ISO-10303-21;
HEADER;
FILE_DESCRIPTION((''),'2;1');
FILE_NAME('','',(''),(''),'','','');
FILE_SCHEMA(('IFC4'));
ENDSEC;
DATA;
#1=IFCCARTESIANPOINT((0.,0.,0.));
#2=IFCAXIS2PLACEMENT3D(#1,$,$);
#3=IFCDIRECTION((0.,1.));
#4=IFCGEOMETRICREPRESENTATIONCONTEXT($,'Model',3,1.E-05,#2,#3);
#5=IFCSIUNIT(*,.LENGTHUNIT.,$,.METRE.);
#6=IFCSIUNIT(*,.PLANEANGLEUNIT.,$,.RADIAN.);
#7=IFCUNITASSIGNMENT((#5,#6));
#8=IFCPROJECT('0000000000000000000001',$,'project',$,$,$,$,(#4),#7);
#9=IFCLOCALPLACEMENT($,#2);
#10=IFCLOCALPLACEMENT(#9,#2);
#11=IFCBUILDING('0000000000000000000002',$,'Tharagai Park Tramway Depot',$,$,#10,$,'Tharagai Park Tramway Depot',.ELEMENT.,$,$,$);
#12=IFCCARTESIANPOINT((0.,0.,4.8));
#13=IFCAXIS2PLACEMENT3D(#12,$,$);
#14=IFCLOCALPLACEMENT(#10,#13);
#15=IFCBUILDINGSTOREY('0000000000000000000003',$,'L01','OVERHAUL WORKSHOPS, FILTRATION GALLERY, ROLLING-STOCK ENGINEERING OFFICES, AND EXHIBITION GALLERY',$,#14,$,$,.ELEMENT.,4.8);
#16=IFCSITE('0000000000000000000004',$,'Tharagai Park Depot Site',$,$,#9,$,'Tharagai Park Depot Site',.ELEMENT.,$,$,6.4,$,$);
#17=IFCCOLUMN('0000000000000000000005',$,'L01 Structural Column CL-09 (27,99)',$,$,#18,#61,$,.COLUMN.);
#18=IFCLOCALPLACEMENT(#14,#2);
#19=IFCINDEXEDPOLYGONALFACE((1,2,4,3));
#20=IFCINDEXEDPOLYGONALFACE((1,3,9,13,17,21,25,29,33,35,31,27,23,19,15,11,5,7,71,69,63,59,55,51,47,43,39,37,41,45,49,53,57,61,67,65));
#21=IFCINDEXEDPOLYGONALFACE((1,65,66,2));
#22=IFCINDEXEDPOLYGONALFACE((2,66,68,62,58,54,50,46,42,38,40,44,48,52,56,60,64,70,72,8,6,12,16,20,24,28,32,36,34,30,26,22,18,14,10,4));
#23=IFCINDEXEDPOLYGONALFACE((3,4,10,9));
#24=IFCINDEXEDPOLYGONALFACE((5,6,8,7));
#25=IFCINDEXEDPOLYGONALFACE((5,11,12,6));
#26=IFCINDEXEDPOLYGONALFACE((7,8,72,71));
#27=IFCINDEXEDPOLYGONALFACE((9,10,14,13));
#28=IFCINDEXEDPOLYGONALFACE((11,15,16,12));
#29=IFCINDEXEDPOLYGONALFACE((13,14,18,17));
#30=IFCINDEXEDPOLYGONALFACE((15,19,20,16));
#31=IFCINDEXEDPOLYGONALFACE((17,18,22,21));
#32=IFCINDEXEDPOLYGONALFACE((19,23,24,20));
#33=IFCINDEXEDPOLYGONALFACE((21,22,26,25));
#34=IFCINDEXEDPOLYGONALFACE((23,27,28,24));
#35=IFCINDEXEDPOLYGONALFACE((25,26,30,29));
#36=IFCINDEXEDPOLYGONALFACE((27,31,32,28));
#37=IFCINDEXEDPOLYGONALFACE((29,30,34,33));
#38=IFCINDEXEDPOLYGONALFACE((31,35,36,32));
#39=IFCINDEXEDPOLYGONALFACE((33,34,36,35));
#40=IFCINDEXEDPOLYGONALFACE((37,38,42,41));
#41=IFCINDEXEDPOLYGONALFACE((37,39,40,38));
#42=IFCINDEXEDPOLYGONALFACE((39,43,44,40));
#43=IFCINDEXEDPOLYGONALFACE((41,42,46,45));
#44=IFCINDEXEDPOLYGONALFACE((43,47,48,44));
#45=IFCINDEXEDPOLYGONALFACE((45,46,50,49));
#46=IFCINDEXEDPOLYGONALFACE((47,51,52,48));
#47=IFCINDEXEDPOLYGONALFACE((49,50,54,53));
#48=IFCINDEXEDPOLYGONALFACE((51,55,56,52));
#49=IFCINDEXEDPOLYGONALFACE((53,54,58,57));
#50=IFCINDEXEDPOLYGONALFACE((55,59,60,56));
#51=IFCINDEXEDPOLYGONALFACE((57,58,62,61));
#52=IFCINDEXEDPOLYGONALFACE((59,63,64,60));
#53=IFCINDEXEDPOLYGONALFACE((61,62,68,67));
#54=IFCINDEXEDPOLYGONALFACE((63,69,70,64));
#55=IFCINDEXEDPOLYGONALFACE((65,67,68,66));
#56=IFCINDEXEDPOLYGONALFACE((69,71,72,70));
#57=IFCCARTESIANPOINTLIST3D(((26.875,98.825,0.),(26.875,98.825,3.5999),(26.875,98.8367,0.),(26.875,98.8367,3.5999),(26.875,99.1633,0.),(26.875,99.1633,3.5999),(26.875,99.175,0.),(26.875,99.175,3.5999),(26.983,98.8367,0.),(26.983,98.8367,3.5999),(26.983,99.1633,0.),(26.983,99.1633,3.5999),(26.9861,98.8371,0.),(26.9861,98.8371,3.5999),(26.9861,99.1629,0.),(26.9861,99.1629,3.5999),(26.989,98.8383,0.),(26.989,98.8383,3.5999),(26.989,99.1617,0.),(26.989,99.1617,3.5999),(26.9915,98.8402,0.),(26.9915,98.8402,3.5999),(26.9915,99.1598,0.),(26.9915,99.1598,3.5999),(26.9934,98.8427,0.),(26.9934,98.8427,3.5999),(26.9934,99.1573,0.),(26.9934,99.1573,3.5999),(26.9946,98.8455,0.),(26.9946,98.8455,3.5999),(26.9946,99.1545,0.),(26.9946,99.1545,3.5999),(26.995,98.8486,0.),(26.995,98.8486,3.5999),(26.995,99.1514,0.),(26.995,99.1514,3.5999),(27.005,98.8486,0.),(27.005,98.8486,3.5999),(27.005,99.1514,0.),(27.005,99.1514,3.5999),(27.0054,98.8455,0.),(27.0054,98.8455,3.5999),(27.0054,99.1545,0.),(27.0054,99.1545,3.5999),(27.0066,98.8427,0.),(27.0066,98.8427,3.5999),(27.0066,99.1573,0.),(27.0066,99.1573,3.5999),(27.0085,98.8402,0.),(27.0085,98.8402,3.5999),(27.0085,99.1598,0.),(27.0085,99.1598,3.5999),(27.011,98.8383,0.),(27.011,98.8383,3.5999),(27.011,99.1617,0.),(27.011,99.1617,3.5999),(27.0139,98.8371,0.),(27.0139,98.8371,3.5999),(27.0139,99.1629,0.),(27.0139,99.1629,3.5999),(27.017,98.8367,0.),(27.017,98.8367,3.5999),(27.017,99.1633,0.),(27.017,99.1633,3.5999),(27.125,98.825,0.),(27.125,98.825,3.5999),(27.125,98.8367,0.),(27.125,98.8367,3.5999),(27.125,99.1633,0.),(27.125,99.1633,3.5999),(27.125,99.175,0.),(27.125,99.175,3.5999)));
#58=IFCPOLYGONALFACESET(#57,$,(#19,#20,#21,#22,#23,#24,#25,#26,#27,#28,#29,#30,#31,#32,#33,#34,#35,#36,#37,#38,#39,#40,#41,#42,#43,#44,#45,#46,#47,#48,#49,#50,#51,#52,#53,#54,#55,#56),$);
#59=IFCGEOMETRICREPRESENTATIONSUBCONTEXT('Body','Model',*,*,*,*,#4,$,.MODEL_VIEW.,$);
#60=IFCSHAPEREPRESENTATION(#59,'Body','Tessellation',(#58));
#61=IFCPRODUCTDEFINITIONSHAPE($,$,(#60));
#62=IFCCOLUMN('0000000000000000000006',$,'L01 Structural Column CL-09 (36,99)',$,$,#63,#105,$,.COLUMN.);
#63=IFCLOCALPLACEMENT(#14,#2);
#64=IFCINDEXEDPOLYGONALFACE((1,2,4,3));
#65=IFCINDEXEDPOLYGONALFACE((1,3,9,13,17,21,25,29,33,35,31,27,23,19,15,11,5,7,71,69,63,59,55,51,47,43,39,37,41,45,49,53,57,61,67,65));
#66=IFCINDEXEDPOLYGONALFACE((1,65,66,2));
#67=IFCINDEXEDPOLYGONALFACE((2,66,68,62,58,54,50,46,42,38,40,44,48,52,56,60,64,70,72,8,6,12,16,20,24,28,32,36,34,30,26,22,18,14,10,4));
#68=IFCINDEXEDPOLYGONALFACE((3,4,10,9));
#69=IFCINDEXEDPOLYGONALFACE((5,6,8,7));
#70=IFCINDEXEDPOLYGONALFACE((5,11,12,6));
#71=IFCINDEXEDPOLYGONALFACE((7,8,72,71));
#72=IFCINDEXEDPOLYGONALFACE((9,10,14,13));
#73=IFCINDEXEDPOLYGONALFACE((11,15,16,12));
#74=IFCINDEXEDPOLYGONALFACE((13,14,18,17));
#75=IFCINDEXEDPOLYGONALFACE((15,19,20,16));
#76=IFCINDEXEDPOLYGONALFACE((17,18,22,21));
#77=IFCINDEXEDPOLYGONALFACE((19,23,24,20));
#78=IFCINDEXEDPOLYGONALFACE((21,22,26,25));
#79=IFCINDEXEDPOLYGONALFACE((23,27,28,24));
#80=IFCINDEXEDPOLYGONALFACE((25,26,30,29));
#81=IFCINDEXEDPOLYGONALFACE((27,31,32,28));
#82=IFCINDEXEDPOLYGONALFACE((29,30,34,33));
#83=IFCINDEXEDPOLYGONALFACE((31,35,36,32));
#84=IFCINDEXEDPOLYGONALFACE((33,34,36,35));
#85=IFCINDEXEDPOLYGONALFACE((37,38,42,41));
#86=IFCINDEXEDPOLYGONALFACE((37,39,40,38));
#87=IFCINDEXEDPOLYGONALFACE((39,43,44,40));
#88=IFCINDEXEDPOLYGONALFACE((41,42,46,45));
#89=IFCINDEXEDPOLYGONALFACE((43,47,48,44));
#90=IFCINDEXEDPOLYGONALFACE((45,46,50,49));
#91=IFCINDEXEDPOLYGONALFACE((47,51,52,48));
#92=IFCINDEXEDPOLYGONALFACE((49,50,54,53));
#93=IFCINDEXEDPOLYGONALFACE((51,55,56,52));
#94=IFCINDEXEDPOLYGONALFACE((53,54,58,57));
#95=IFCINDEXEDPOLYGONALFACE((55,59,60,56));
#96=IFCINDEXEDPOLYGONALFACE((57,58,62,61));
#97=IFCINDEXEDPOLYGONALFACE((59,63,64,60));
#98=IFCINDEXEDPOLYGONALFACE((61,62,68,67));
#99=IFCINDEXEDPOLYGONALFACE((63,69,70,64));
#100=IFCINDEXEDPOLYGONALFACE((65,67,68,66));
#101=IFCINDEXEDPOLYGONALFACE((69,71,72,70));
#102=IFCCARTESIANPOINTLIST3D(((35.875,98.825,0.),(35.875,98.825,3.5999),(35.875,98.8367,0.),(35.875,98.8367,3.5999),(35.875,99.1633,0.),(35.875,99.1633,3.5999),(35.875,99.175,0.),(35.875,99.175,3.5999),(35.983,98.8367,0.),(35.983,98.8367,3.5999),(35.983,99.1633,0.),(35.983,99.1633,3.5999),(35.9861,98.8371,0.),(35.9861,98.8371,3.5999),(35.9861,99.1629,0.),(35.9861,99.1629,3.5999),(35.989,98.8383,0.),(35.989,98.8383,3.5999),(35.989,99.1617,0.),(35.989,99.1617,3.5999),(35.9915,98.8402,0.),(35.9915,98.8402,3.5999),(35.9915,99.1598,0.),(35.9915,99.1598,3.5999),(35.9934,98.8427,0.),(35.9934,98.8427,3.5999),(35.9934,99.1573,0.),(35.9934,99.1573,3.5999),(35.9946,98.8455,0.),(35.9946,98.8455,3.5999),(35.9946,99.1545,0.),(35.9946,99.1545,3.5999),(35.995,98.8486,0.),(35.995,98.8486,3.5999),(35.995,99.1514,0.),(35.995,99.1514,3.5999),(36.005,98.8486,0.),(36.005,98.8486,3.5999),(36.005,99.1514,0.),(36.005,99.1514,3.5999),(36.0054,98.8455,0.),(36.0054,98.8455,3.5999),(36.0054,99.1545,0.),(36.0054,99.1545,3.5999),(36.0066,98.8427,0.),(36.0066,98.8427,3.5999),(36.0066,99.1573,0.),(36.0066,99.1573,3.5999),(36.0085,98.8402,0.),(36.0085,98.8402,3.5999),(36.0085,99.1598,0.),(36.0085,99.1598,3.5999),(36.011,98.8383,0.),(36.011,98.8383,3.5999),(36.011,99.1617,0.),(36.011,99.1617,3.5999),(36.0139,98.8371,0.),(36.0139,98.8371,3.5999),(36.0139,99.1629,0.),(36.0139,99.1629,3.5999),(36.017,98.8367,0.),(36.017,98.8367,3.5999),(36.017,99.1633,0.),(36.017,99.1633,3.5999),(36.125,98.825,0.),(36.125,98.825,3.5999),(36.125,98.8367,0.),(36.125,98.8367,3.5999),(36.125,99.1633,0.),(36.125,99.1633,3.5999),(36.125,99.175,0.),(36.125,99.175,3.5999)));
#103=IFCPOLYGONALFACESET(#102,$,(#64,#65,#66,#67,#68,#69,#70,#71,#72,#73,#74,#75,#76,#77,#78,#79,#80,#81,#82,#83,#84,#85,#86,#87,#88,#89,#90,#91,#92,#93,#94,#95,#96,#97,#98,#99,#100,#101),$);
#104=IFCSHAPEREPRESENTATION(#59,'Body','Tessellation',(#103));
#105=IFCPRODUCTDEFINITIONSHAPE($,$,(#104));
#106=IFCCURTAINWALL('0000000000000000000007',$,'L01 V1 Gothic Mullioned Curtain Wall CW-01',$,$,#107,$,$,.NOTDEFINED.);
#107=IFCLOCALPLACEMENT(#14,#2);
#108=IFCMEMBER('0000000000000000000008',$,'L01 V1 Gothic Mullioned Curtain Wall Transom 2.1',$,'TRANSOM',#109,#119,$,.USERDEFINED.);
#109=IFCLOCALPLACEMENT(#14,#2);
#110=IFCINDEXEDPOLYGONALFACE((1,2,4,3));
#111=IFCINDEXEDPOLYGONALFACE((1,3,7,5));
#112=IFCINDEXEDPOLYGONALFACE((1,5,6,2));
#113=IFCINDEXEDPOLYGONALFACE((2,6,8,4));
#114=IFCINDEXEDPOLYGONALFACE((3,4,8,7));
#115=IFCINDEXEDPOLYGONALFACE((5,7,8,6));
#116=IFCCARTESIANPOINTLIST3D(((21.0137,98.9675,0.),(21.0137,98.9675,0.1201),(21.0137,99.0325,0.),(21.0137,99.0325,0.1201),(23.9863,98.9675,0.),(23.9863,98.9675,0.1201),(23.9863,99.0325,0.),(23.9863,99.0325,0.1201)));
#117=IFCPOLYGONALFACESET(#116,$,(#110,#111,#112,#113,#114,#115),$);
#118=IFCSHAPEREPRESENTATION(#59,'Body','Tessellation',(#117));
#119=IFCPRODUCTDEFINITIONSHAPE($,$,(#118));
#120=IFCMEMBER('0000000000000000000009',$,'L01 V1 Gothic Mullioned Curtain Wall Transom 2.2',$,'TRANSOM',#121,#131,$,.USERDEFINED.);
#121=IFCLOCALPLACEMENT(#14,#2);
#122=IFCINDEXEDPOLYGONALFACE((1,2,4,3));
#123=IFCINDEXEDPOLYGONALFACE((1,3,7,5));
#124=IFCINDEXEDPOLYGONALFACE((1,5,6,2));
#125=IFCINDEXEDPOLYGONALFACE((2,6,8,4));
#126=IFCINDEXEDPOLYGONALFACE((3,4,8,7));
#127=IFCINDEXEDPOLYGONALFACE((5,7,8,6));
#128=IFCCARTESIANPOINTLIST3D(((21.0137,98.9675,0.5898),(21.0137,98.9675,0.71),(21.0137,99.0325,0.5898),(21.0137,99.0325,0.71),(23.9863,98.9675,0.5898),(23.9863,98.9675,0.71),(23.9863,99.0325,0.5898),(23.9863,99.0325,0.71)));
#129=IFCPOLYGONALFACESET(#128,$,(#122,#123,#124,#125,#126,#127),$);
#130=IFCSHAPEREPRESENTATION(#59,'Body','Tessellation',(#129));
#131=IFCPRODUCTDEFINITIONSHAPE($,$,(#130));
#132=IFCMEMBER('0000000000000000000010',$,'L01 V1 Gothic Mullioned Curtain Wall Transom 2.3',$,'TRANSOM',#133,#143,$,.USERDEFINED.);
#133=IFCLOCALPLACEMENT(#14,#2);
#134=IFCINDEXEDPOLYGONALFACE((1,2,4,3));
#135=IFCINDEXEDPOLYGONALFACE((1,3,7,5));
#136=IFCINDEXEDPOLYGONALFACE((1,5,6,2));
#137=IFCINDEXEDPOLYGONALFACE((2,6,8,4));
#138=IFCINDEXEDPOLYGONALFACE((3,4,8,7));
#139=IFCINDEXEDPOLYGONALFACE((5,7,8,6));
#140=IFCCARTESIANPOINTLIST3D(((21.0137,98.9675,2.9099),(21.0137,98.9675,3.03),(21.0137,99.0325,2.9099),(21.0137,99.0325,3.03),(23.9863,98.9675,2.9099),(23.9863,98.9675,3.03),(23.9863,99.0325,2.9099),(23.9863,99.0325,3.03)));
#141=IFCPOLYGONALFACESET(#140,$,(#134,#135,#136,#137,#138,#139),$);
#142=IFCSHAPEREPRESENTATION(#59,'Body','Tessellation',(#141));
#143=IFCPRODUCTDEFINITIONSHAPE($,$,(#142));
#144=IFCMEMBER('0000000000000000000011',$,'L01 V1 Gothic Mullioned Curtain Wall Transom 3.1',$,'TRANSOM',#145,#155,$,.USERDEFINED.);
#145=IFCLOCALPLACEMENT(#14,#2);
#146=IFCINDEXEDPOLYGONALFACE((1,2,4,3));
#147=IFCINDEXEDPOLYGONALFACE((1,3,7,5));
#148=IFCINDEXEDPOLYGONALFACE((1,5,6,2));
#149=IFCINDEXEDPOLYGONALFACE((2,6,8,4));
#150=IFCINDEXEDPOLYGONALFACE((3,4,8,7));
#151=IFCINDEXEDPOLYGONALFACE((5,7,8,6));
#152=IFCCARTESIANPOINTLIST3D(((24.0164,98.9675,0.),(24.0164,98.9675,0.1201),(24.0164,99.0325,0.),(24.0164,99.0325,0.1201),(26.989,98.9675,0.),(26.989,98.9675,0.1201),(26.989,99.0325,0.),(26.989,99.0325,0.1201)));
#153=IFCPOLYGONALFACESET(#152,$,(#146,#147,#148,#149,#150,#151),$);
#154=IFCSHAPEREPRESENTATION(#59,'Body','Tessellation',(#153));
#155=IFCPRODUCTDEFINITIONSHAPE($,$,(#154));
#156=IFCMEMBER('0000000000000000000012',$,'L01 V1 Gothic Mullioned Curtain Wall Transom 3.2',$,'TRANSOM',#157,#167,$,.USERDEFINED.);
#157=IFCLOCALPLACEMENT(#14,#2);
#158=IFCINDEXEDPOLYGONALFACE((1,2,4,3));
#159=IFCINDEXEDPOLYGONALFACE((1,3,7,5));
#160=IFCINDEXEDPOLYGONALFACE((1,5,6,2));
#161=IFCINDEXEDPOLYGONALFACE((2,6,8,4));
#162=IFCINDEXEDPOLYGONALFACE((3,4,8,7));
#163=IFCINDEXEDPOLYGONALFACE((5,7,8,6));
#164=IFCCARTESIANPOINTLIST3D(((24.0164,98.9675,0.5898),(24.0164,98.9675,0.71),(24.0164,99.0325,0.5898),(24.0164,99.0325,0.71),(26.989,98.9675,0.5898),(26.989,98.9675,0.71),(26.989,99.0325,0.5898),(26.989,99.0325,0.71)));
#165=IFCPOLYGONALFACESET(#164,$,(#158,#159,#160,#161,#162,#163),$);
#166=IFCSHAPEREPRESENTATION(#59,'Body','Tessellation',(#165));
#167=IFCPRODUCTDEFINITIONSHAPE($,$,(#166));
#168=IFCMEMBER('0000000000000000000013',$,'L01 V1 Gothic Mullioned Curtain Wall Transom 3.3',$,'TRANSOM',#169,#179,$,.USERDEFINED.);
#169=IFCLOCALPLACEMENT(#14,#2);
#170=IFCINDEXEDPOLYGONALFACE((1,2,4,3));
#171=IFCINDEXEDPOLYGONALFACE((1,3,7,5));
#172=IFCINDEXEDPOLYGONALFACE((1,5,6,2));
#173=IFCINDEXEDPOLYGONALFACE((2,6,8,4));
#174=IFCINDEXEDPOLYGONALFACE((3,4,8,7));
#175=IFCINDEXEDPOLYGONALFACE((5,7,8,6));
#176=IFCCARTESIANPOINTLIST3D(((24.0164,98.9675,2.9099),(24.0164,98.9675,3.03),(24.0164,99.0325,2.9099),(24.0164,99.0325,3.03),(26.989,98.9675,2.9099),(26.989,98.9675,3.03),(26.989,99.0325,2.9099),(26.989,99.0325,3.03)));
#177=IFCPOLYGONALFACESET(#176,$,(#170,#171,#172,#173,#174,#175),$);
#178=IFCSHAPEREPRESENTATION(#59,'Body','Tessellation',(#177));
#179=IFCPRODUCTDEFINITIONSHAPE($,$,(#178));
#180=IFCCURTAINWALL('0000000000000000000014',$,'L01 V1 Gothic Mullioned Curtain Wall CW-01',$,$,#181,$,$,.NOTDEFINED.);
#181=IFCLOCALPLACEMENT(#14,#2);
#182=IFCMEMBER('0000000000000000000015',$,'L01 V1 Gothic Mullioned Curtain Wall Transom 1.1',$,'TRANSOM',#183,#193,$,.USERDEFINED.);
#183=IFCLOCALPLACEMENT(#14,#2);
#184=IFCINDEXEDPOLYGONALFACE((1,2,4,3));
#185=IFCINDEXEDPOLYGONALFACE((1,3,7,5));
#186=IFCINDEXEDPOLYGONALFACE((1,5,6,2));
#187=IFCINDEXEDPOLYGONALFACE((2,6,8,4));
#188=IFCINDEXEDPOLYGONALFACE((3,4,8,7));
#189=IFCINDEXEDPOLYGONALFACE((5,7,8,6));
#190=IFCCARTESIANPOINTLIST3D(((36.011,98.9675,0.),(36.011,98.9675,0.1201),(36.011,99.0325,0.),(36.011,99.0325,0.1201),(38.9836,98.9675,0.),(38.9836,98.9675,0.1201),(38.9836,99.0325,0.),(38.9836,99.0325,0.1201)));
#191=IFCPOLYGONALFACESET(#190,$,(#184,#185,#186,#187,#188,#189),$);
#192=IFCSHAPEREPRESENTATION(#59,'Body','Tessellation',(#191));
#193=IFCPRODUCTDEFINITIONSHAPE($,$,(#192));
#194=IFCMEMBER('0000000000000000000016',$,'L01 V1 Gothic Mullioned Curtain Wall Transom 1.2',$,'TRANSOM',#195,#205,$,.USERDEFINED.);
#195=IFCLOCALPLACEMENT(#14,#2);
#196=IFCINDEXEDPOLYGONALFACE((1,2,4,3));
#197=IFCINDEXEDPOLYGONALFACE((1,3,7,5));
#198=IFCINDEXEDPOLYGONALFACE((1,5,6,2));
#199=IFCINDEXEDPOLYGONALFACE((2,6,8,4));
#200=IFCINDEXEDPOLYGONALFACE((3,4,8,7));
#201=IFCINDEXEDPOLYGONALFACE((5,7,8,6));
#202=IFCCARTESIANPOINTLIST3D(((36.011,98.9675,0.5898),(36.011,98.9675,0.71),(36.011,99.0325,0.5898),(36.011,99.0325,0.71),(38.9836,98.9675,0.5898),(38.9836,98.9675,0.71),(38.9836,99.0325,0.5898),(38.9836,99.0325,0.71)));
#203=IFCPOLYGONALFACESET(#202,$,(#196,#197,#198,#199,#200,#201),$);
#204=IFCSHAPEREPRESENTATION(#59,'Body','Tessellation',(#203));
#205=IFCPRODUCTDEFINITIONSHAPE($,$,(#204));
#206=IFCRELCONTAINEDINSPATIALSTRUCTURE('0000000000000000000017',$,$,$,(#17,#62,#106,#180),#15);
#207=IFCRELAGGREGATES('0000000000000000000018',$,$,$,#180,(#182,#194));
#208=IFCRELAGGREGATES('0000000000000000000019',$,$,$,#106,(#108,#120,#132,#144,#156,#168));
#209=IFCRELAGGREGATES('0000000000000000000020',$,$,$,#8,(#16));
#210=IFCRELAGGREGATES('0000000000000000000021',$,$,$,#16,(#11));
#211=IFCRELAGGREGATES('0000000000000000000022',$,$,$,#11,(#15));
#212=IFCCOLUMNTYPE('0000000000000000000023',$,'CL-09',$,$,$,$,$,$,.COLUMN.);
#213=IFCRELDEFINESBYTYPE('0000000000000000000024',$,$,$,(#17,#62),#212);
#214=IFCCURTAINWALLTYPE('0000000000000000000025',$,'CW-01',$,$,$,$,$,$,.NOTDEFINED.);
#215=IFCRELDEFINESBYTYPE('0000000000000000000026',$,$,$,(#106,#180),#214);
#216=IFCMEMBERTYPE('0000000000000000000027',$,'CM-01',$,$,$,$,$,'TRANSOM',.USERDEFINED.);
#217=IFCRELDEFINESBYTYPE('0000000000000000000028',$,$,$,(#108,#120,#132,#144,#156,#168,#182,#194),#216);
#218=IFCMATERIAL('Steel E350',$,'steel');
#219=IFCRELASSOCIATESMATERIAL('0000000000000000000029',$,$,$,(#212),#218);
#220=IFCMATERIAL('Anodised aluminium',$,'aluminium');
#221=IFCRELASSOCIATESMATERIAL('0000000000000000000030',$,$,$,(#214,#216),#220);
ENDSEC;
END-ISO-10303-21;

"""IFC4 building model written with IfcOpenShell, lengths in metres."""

from ifc_helpers import new_model, si_unit, direction, frame, origin, origin_2d, place, context, subcontext, project, spatial, rectangle, i_section, extrude, material, material_profile, profile_set, type_object, element, aggregate, save


model = new_model("IFC4")

# Units and contexts
model_context = context("Model", 3, precision=1e-05, world=origin(), true_north=direction((0.0, 1.0)))
body_context = subcontext(model_context, "Body", "Model", "MODEL_VIEW")
ifc_project = project(units=[si_unit("LENGTHUNIT", "METRE"), si_unit("PLANEANGLEUNIT", "RADIAN")], contexts=[model_context])

# Site, building, storey
site_placement = place(None, origin())
site = spatial("IfcSite", under=ifc_project, at=site_placement, Name="Tharagai Park Depot Site", LongName="Tharagai Park Depot Site", CompositionType="ELEMENT", RefElevation=6.4)
building_placement = place(site_placement, origin())
building = spatial("IfcBuilding", under=site, at=building_placement, Name="Tharagai Park Tramway Depot", LongName="Tharagai Park Tramway Depot", CompositionType="ELEMENT")
storey_placement = place(building_placement, frame((0.0, 0.0, 4.8)))
storey = spatial("IfcBuildingStorey", under=building, at=storey_placement, Name="L01", Description="OVERHAUL WORKSHOPS, FILTRATION GALLERY, ROLLING-STOCK ENGINEERING OFFICES, AND EXHIBITION GALLERY", CompositionType="ELEMENT", Elevation=4.8)

# Columns
ifc_material_1 = material(Name="Steel E350", Category="steel")
ifc_material_profile_1 = material_profile(ifc_material_1, i_section(OverallWidth=0.25, OverallDepth=0.3501, WebThickness=0.01, FlangeThickness=0.0117, FilletRadius=0.012, at=origin_2d()), Name="ISHB 350")
ifc_profile_set_1 = profile_set([ifc_material_profile_1], Name="Steel E350")
column_type = type_object("IfcColumnType", Name="CL-09", PredefinedType="COLUMN", material=ifc_profile_set_1)
for number, where, z_axis, x_axis, name in (
    (1, (27.0, 99.0, 0.0), (0.0, 0.0, 1.0), (1.0, 0.0, 0.0), "L01 Structural Column CL-09 (27,99)"),
    (2, (36.0, 99.0, 0.0), (0.0, 0.0, 1.0), (1.0, 0.0, 0.0), "L01 Structural Column CL-09 (36,99)"),
):
    element("IfcColumn", number, at=place(storey_placement, frame(where, z_axis=z_axis, x_axis=x_axis)), inside=storey, type_object=column_type, Name=name, PredefinedType="COLUMN", context=body_context, shape_type="SweptSolid", body=[
        extrude(i_section(OverallWidth=0.25, OverallDepth=0.3501, WebThickness=0.01, FlangeThickness=0.0117, FilletRadius=0.012, at=origin_2d()), origin(), (0.0, 0.0, 1.0), 3.5999),
    ])

# Curtain walls, members
ifc_material_2 = material(Name="Anodised aluminium", Category="aluminium")
curtain_wall_type = type_object("IfcCurtainWallType", Name="CW-01", PredefinedType="NOTDEFINED", material=ifc_material_2)
curtain_wall_1_placement = place(storey_placement, origin())
curtain_wall_1 = element("IfcCurtainWall", 3, at=curtain_wall_1_placement, inside=storey, type_object=curtain_wall_type, Name="L01 V1 Gothic Mullioned Curtain Wall CW-01", PredefinedType="NOTDEFINED")
ifc_material_profile_2 = material_profile(ifc_material_2, rectangle(XDim=0.0649, YDim=0.1201, at=origin_2d()), Name="ALU 65x120")
ifc_profile_set_2 = profile_set([ifc_material_profile_2], Name="Anodised aluminium")
member_type_1 = type_object("IfcMemberType", Name="CM-01", ElementType="TRANSOM", PredefinedType="USERDEFINED", material=ifc_profile_set_2)
member_1_placement = place(storey_placement, frame((21.0137, 99.0, 0.0601), z_axis=(1.0, 0.0, 0.0), x_axis=(0.0, 1.0, 0.0)))
member_1 = element("IfcMember", 4, at=member_1_placement, type_object=member_type_1, Name="L01 V1 Gothic Mullioned Curtain Wall Transom 2.1", ObjectType="TRANSOM", PredefinedType="USERDEFINED", context=body_context, shape_type="SweptSolid", body=[
    extrude(rectangle(XDim=0.0649, YDim=0.1201, at=origin_2d()), origin(), (0.0, 0.0, 1.0), 2.9727),
])
member_2_placement = place(storey_placement, frame((21.0137, 99.0, 0.6499), z_axis=(1.0, 0.0, 0.0), x_axis=(0.0, 1.0, 0.0)))
member_2 = element("IfcMember", 5, at=member_2_placement, type_object=member_type_1, Name="L01 V1 Gothic Mullioned Curtain Wall Transom 2.2", ObjectType="TRANSOM", PredefinedType="USERDEFINED", context=body_context, shape_type="SweptSolid", body=[
    extrude(rectangle(XDim=0.0649, YDim=0.1201, at=origin_2d()), origin(), (0.0, 0.0, 1.0), 2.9727),
])
member_3_placement = place(storey_placement, frame((21.0137, 99.0, 2.97), z_axis=(1.0, 0.0, 0.0), x_axis=(0.0, 1.0, 0.0)))
member_3 = element("IfcMember", 6, at=member_3_placement, type_object=member_type_1, Name="L01 V1 Gothic Mullioned Curtain Wall Transom 2.3", ObjectType="TRANSOM", PredefinedType="USERDEFINED", context=body_context, shape_type="SweptSolid", body=[
    extrude(rectangle(XDim=0.0649, YDim=0.1201, at=origin_2d()), origin(), (0.0, 0.0, 1.0), 2.9727),
])
member_4_placement = place(storey_placement, frame((24.0164, 99.0, 0.0601), z_axis=(1.0, 0.0, 0.0), x_axis=(0.0, 1.0, 0.0)))
member_4 = element("IfcMember", 7, at=member_4_placement, type_object=member_type_1, Name="L01 V1 Gothic Mullioned Curtain Wall Transom 3.1", ObjectType="TRANSOM", PredefinedType="USERDEFINED", context=body_context, shape_type="SweptSolid", body=[
    extrude(rectangle(XDim=0.0649, YDim=0.1201, at=origin_2d()), origin(), (0.0, 0.0, 1.0), 2.9727),
])
member_5_placement = place(storey_placement, frame((24.0164, 99.0, 0.6499), z_axis=(1.0, 0.0, 0.0), x_axis=(0.0, 1.0, 0.0)))
member_5 = element("IfcMember", 8, at=member_5_placement, type_object=member_type_1, Name="L01 V1 Gothic Mullioned Curtain Wall Transom 3.2", ObjectType="TRANSOM", PredefinedType="USERDEFINED", context=body_context, shape_type="SweptSolid", body=[
    extrude(rectangle(XDim=0.0649, YDim=0.1201, at=origin_2d()), origin(), (0.0, 0.0, 1.0), 2.9727),
])
member_6_placement = place(storey_placement, frame((24.0164, 99.0, 2.97), z_axis=(1.0, 0.0, 0.0), x_axis=(0.0, 1.0, 0.0)))
member_6 = element("IfcMember", 9, at=member_6_placement, type_object=member_type_1, Name="L01 V1 Gothic Mullioned Curtain Wall Transom 3.3", ObjectType="TRANSOM", PredefinedType="USERDEFINED", context=body_context, shape_type="SweptSolid", body=[
    extrude(rectangle(XDim=0.0649, YDim=0.1201, at=origin_2d()), origin(), (0.0, 0.0, 1.0), 2.9727),
])
curtain_wall_2_placement = place(storey_placement, origin())
curtain_wall_2 = element("IfcCurtainWall", 10, at=curtain_wall_2_placement, inside=storey, type_object=curtain_wall_type, Name="L01 V1 Gothic Mullioned Curtain Wall CW-01", PredefinedType="NOTDEFINED")
member_7_placement = place(storey_placement, frame((36.011, 99.0, 0.0601), z_axis=(1.0, 0.0, 0.0), x_axis=(0.0, 1.0, 0.0)))
member_7 = element("IfcMember", 11, at=member_7_placement, type_object=member_type_1, Name="L01 V1 Gothic Mullioned Curtain Wall Transom 1.1", ObjectType="TRANSOM", PredefinedType="USERDEFINED", context=body_context, shape_type="SweptSolid", body=[
    extrude(rectangle(XDim=0.0649, YDim=0.1201, at=origin_2d()), origin(), (0.0, 0.0, 1.0), 2.9727),
])
member_8_placement = place(storey_placement, frame((36.011, 99.0, 0.6499), z_axis=(1.0, 0.0, 0.0), x_axis=(0.0, 1.0, 0.0)))
member_8 = element("IfcMember", 12, at=member_8_placement, type_object=member_type_1, Name="L01 V1 Gothic Mullioned Curtain Wall Transom 1.2", ObjectType="TRANSOM", PredefinedType="USERDEFINED", context=body_context, shape_type="SweptSolid", body=[
    extrude(rectangle(XDim=0.0649, YDim=0.1201, at=origin_2d()), origin(), (0.0, 0.0, 1.0), 2.9727),
])

aggregate(curtain_wall_2, [member_7, member_8])

aggregate(curtain_wall_1, [member_1, member_2, member_3, member_4, member_5, member_6])

save(model, "model.ifc")
